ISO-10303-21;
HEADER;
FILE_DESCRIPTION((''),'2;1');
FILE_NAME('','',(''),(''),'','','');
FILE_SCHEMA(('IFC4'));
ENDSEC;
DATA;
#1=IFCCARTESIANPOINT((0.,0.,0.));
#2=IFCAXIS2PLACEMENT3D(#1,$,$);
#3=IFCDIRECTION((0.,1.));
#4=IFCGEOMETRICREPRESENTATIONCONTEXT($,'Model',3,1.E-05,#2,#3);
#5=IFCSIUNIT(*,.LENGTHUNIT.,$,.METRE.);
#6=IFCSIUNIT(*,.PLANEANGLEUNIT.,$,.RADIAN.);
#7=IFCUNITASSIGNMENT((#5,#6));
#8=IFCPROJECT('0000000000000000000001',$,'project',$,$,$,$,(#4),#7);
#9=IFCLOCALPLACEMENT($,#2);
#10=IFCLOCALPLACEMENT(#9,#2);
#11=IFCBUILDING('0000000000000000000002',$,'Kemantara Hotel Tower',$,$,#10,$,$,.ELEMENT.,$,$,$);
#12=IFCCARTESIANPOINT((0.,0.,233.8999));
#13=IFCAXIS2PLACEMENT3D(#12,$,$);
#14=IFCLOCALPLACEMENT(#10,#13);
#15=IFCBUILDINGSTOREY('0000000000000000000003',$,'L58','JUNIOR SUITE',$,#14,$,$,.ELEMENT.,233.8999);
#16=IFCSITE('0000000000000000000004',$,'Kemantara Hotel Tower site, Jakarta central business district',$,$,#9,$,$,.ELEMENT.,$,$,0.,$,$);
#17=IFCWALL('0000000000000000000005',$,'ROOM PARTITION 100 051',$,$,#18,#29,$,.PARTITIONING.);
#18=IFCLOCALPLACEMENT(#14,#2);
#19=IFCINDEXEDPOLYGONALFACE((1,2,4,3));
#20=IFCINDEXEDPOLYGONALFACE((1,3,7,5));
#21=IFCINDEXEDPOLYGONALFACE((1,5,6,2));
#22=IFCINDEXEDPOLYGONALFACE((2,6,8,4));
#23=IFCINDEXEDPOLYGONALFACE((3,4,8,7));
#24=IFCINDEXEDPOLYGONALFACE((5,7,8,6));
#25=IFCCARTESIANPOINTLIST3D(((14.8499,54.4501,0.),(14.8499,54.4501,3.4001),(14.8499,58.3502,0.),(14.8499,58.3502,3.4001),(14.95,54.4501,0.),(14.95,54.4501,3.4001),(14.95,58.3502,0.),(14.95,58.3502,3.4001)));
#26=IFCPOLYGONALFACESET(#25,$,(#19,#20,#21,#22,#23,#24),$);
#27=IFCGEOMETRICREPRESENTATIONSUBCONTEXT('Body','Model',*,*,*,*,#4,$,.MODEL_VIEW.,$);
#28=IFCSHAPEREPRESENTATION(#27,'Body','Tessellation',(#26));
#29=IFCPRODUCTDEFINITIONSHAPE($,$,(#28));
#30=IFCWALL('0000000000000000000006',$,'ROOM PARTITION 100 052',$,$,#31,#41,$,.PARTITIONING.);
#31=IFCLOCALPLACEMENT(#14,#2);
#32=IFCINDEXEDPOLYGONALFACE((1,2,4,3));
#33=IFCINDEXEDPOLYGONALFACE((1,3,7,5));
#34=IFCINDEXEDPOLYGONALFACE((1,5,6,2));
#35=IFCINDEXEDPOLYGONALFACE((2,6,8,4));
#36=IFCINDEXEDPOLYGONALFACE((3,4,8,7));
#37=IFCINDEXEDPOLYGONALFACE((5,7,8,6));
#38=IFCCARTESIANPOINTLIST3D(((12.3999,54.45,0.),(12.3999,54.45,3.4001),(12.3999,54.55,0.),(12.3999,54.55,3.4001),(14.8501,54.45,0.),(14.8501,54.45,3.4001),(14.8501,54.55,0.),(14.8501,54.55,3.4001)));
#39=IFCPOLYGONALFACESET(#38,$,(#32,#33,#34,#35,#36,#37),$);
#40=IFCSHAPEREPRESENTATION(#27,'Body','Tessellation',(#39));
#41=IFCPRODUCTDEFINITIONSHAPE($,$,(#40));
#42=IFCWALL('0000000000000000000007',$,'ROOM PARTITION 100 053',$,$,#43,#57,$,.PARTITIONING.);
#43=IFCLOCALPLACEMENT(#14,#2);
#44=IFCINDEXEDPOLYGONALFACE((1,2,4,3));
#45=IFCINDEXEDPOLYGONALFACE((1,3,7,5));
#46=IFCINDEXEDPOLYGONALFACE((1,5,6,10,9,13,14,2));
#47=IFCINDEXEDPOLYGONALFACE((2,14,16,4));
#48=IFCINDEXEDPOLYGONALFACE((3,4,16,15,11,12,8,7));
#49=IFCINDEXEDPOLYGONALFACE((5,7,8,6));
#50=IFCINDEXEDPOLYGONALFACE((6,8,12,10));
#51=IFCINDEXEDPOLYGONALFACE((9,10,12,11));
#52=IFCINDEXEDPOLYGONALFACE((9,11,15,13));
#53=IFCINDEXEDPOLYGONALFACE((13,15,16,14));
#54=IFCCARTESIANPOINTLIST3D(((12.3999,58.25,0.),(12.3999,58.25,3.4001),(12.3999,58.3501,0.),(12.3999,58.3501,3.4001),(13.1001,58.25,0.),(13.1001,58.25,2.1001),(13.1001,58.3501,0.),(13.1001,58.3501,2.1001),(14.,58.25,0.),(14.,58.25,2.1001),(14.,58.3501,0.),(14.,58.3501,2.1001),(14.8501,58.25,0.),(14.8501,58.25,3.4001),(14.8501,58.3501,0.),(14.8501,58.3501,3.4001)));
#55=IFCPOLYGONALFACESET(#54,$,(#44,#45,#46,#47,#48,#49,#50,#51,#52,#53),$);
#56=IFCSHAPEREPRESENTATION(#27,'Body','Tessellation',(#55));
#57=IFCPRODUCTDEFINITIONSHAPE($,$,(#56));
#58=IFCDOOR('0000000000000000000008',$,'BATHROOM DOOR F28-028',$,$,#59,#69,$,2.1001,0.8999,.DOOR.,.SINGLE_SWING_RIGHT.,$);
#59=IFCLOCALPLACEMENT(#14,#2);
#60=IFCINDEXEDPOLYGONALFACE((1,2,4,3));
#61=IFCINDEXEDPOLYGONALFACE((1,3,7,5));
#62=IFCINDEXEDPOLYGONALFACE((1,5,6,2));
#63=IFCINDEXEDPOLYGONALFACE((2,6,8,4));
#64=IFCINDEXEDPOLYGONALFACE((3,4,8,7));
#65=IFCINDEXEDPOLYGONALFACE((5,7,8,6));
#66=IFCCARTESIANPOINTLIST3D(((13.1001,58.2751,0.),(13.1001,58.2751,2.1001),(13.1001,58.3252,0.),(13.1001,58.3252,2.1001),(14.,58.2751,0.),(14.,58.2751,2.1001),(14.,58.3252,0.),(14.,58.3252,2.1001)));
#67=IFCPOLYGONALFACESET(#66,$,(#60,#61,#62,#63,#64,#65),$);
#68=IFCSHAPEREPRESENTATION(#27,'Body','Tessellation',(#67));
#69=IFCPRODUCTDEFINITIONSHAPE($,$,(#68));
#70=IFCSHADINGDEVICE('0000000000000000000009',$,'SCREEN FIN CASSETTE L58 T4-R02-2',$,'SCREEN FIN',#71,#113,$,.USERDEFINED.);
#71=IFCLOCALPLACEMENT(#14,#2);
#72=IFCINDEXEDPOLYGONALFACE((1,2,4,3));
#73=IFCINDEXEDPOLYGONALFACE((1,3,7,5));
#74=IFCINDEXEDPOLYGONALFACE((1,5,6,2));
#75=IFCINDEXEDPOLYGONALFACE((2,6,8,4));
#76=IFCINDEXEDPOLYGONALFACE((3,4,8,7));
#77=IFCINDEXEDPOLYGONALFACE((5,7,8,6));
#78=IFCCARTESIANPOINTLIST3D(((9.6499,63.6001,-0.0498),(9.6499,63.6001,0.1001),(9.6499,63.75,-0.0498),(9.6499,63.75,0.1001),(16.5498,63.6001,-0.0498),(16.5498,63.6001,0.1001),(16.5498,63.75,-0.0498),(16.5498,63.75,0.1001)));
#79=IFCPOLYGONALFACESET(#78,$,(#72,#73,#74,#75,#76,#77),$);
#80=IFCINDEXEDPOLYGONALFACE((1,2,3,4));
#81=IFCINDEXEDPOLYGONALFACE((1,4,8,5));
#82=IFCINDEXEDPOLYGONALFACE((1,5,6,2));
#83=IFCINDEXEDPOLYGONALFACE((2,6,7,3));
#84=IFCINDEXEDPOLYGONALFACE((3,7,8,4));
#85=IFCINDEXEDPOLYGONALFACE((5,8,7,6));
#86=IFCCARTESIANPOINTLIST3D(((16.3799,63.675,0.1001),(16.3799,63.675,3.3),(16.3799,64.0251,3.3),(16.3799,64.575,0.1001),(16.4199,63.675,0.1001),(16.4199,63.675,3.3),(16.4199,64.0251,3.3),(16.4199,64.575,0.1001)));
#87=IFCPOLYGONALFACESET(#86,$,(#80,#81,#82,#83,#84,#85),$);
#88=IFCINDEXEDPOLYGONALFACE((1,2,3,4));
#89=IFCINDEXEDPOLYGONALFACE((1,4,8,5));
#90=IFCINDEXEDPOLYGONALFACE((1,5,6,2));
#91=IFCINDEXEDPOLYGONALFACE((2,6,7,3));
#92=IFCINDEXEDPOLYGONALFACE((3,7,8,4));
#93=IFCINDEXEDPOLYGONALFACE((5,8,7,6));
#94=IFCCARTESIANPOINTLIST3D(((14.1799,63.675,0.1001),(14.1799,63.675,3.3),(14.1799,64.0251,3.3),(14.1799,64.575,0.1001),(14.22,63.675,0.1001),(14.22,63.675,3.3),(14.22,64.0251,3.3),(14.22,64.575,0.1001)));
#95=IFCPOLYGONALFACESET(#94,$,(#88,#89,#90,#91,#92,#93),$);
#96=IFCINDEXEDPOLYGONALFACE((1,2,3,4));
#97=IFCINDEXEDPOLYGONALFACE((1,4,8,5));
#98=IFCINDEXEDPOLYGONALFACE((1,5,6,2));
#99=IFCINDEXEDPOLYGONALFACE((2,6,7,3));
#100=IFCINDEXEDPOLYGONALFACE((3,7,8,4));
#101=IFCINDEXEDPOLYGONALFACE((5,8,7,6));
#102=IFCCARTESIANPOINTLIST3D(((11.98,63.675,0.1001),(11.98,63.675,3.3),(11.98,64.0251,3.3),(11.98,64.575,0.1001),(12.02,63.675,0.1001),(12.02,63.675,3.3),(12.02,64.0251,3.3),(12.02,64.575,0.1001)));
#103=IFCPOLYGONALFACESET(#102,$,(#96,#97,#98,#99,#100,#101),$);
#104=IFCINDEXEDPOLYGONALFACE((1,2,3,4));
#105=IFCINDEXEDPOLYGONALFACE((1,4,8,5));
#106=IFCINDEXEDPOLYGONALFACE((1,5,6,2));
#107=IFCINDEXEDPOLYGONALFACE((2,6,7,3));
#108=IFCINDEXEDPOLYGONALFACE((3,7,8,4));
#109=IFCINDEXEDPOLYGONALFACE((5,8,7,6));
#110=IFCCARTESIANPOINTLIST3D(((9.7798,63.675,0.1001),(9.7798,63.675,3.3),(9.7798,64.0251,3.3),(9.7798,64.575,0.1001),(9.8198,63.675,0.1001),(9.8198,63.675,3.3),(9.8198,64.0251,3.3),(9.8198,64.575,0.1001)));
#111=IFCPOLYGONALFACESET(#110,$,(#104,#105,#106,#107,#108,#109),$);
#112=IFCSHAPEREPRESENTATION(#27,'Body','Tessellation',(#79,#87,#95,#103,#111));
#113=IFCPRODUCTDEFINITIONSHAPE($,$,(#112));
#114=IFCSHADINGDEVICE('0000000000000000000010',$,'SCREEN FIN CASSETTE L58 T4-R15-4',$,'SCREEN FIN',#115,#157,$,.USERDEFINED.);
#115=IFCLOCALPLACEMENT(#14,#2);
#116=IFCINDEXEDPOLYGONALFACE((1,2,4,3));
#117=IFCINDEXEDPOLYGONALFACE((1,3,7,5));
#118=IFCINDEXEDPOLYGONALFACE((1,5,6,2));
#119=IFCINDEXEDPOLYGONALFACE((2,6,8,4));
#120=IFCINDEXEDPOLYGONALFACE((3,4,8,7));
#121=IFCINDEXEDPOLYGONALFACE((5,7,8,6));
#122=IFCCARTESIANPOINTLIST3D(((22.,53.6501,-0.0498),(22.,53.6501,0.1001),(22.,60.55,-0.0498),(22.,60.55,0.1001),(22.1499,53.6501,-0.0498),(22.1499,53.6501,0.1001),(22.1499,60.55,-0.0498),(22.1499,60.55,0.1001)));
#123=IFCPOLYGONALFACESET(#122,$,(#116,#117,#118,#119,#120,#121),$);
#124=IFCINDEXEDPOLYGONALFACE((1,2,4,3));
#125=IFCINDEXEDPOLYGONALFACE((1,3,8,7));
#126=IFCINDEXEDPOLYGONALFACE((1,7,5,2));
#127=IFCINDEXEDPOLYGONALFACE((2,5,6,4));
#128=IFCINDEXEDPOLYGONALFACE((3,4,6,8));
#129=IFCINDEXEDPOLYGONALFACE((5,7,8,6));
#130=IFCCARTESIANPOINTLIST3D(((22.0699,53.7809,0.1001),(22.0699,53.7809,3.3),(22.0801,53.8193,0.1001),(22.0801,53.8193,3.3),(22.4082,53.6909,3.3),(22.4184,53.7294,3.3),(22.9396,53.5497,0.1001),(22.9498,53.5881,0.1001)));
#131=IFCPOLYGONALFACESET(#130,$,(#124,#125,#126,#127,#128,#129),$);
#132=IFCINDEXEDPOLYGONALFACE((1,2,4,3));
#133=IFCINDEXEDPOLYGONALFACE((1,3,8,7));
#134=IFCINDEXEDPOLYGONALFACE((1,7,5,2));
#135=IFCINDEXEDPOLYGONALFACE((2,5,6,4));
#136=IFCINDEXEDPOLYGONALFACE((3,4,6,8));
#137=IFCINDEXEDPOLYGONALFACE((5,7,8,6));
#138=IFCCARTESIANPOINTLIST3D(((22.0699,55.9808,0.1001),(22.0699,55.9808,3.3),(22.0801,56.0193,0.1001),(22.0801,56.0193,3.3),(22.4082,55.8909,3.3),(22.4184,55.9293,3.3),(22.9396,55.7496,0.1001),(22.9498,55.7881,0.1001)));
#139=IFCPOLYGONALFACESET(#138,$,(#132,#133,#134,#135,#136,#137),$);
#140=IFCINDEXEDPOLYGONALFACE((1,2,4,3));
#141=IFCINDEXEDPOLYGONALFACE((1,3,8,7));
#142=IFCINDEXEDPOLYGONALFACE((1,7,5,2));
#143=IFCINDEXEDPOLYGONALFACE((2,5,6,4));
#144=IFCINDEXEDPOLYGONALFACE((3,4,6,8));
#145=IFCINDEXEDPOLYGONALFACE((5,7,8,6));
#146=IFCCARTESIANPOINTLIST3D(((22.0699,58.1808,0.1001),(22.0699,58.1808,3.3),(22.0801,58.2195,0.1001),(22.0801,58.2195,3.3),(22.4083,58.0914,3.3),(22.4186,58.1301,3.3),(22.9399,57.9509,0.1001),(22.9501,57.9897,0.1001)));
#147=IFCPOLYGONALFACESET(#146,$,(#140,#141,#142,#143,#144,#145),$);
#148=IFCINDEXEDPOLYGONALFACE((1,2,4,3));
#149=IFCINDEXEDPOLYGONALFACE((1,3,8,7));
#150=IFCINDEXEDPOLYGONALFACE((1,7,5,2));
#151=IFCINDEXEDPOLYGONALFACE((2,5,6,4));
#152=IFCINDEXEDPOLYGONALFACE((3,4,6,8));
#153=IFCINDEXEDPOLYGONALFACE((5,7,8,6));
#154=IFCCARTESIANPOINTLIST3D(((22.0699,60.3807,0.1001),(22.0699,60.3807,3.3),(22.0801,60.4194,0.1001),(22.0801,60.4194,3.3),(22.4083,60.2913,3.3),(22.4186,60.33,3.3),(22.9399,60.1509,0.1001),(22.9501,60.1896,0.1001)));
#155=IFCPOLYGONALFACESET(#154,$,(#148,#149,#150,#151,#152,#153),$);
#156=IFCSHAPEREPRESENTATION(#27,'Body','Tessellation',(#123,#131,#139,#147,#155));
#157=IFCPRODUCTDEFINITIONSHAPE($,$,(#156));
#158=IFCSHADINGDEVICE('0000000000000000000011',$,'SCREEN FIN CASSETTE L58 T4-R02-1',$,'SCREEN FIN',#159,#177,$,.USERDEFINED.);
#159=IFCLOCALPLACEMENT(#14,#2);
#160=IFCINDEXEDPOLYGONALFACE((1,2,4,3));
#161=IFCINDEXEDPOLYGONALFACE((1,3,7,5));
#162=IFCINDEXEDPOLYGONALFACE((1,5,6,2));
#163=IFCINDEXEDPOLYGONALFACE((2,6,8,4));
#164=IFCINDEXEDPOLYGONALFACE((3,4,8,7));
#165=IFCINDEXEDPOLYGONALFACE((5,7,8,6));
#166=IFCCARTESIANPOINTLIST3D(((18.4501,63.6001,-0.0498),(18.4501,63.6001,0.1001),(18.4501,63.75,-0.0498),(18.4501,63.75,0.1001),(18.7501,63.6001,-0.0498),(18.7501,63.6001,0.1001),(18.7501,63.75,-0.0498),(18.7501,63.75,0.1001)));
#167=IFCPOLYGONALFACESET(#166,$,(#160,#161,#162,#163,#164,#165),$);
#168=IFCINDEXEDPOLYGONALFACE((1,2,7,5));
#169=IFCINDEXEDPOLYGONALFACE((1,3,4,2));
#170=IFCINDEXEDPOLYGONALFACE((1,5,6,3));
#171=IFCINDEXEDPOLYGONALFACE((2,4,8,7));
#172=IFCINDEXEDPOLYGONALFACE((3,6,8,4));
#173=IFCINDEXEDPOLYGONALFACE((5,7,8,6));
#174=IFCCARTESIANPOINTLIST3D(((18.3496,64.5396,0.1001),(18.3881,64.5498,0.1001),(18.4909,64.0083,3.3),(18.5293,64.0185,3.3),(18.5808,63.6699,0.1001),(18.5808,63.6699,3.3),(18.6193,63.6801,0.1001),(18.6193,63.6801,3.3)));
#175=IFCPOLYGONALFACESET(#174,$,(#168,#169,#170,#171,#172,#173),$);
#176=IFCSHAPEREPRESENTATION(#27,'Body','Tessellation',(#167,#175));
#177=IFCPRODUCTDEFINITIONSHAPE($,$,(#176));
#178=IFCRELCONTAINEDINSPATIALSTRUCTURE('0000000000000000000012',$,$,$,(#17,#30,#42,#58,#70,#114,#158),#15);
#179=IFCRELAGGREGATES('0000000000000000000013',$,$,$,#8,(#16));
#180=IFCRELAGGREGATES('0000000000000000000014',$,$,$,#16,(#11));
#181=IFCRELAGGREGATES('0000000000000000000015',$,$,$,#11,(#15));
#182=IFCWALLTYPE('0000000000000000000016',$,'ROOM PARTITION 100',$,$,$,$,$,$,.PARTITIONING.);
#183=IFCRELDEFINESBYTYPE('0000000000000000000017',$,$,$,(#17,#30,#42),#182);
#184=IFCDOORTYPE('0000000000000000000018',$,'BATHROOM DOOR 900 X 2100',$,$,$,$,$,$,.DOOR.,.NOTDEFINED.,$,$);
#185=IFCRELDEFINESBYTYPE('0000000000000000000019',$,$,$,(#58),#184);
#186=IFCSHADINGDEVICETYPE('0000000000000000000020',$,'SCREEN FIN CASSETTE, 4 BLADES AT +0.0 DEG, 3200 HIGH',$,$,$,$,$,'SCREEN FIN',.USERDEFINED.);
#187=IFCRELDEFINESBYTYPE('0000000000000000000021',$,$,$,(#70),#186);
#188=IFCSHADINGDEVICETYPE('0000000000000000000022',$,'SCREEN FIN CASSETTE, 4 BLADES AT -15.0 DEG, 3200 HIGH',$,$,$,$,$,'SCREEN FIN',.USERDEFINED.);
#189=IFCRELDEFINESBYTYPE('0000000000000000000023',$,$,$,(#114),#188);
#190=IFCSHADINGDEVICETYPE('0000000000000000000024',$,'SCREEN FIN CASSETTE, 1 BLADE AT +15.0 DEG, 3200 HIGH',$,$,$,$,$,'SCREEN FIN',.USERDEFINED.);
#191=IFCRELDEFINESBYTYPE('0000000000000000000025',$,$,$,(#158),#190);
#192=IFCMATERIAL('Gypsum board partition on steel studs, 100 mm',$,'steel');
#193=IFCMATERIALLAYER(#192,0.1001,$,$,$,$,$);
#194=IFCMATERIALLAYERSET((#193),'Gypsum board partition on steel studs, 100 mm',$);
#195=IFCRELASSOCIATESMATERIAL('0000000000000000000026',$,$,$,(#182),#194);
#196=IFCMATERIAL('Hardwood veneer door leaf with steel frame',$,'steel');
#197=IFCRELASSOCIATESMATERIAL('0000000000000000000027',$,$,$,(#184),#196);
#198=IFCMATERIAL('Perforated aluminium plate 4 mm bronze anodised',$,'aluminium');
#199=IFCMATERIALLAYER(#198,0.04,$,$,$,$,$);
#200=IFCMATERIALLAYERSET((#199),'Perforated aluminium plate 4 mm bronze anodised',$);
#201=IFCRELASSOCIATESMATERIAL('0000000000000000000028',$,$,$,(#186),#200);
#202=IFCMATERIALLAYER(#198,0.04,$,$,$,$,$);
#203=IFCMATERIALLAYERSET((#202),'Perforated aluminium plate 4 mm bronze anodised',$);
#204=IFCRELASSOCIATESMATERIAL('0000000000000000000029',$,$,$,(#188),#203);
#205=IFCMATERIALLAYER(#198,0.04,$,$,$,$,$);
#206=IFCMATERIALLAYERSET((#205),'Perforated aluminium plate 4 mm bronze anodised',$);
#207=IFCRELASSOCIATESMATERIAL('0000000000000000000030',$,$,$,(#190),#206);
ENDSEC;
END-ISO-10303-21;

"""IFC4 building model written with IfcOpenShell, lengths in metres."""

from ifc_helpers import new_model, si_unit, direction, frame, frame_2d, origin, origin_2d, place, context, subcontext, project, spatial, polyline, rectangle, outline, extrude, source, transform, mapped, material, layer, layer_set, type_object, element, fill, save


model = new_model("IFC4")

# Units and contexts
model_context = context("Model", 3, precision=1e-05, world=origin(), true_north=direction((0.0, 1.0)))
body_context = subcontext(model_context, "Body", "Model", "MODEL_VIEW")
ifc_project = project(units=[si_unit("LENGTHUNIT", "METRE"), si_unit("PLANEANGLEUNIT", "RADIAN")], contexts=[model_context])

# Site, building, storey
site_placement = place(None, origin())
site = spatial("IfcSite", under=ifc_project, at=site_placement, Name="Kemantara Hotel Tower site, Jakarta central business district", CompositionType="ELEMENT", RefElevation=0.0)
building_placement = place(site_placement, origin())
building = spatial("IfcBuilding", under=site, at=building_placement, Name="Kemantara Hotel Tower", CompositionType="ELEMENT")
storey_placement = place(building_placement, frame((0.0, 0.0, 233.8999)))
storey = spatial("IfcBuildingStorey", under=building, at=storey_placement, Name="L58", Description="JUNIOR SUITE", CompositionType="ELEMENT", Elevation=233.8999)

# Shared definitions
ifc_material_1 = material(Name="Gypsum board partition on steel studs, 100 mm", Category="steel")
ifc_layer_1 = layer(ifc_material_1, 0.1001)
ifc_layer_set_1 = layer_set([ifc_layer_1], Name="Gypsum board partition on steel studs, 100 mm")
wall_type_1 = type_object("IfcWallType", Name="ROOM PARTITION 100", PredefinedType="PARTITIONING", material=ifc_layer_set_1)
ifc_material_2 = material(Name="Hardwood veneer door leaf with steel frame", Category="steel")
door_type = type_object("IfcDoorType", Name="BATHROOM DOOR 900 X 2100", OperationType="NOTDEFINED", PredefinedType="DOOR", material=ifc_material_2)

# Walls
wall_1_placement = place(storey_placement, frame((14.8999, 54.45, 0.0), z_axis=(0.0, 0.0, 1.0), x_axis=(0.0, 1.0, 0.0)))
element("IfcWall", 1, at=wall_1_placement, inside=storey, type_object=wall_type_1, Name="ROOM PARTITION 100 051", PredefinedType="PARTITIONING", context=body_context, shape_type="SweptSolid", body=[
    extrude(rectangle(XDim=3.9001, YDim=0.1001, at=frame_2d((1.9502, 0.0))), origin(), (0.0, 0.0, 1.0), 3.4001),
])
wall_2_placement = place(storey_placement, frame((12.3999, 54.5, 0.0), z_axis=(0.0, 0.0, 1.0), x_axis=(1.0, 0.0, 0.0)))
element("IfcWall", 2, at=wall_2_placement, inside=storey, type_object=wall_type_1, Name="ROOM PARTITION 100 052", PredefinedType="PARTITIONING", context=body_context, shape_type="SweptSolid", body=[
    extrude(rectangle(XDim=2.4502, YDim=0.1001, at=frame_2d((1.2251, 0.0))), origin(), (0.0, 0.0, 1.0), 3.4001),
])

# Wall, opening, door
wall_3_placement = place(storey_placement, frame((14.8501, 58.3, 0.0), z_axis=(0.0, 0.0, 1.0), x_axis=(-1.0, 0.0, 0.0)))
wall_3 = element("IfcWall", 3, at=wall_3_placement, inside=storey, type_object=wall_type_1, Name="ROOM PARTITION 100 053", PredefinedType="PARTITIONING", context=body_context, shape_type="SweptSolid", body=[
    extrude(rectangle(XDim=2.4502, YDim=0.1001, at=frame_2d((1.2251, 0.0))), origin(), (0.0, 0.0, 1.0), 3.4001),
])
opening_1_placement = place(wall_3_placement, frame((0.8501, 0.0, 0.0)))
opening_1 = element("IfcOpeningElement", 4, at=opening_1_placement, cuts=wall_3, PredefinedType="OPENING", context=body_context, shape_type="SweptSolid", body=[
    extrude(rectangle(XDim=0.8999, YDim=2.1001, at=frame_2d((0.45, 1.05))), frame((0.0, 0.0601, 0.0), z_axis=(0.0, -1.0, 0.0), x_axis=(1.0, 0.0, 0.0)), (0.0, 0.0, 1.0), 0.1201),
])
door_1_placement = place(opening_1_placement, origin())
door_1 = element("IfcDoor", 5, at=door_1_placement, inside=storey, type_object=door_type, Name="BATHROOM DOOR F28-028", OperationType="SINGLE_SWING_RIGHT", OverallHeight=2.1001, OverallWidth=0.8999, PredefinedType="DOOR", context=body_context, shape_type="SweptSolid", body=[
    extrude(rectangle(XDim=0.8999, YDim=2.1001, at=frame_2d((0.45, 1.05))), frame((0.0, 0.0249, 0.0), z_axis=(0.0, -1.0, 0.0), x_axis=(1.0, 0.0, 0.0)), (0.0, 0.0, 1.0), 0.05),
])
fill(opening_1, door_1)

# Shading devices
ifc_material_3 = material(Name="Perforated aluminium plate 4 mm bronze anodised", Category="aluminium")
ifc_layer_2 = layer(ifc_material_3, 0.04)
ifc_layer_set_2 = layer_set([ifc_layer_2], Name="Perforated aluminium plate 4 mm bronze anodised")
shading_device_type_1 = type_object("IfcShadingDeviceType", Name="SCREEN FIN CASSETTE, 4 BLADES AT +0.0 DEG, 3200 HIGH", ElementType="SCREEN FIN", PredefinedType="USERDEFINED", material=ifc_layer_set_2)
shared_shape_1 = source(origin(), body_context, "Body", "SweptSolid", [
    extrude(rectangle(XDim=6.8999, YDim=0.1499, at=origin_2d()), frame((3.3, -0.075, -0.1499), z_axis=(0.0, 0.0, 1.0), x_axis=(1.0, 0.0, 0.0)), (0.0, 0.0, 1.0), 0.1499),
    extrude(outline(polyline([(0.0, 0.0), (0.8999, 0.0), (0.3501, 3.2), (0.0, 3.2), (0.0, 0.0)])), frame((0.02, -0.075, 0.0), z_axis=(-1.0, 0.0, 0.0), x_axis=(0.0, -1.0, 0.0)), (0.0, 0.0, 1.0), 0.04),
    extrude(outline(polyline([(0.0, 0.0), (0.8999, 0.0), (0.3501, 3.2), (0.0, 3.2), (0.0, 0.0)])), frame((2.22, -0.075, 0.0), z_axis=(-1.0, 0.0, 0.0), x_axis=(0.0, -1.0, 0.0)), (0.0, 0.0, 1.0), 0.04),
    extrude(outline(polyline([(0.0, 0.0), (0.8999, 0.0), (0.3501, 3.2), (0.0, 3.2), (0.0, 0.0)])), frame((4.4199, -0.075, 0.0), z_axis=(-1.0, 0.0, 0.0), x_axis=(0.0, -1.0, 0.0)), (0.0, 0.0, 1.0), 0.04),
    extrude(outline(polyline([(0.0, 0.0), (0.8999, 0.0), (0.3501, 3.2), (0.0, 3.2), (0.0, 0.0)])), frame((6.6201, -0.075, 0.0), z_axis=(-1.0, 0.0, 0.0), x_axis=(0.0, -1.0, 0.0)), (0.0, 0.0, 1.0), 0.04),
])
shading_device_1_placement = place(storey_placement, frame((16.3999, 63.6001, 0.1001), z_axis=(0.0, 0.0, 1.0), x_axis=(-1.0, 0.0, 0.0)))
element("IfcShadingDevice", 6, at=shading_device_1_placement, inside=storey, type_object=shading_device_type_1, Name="SCREEN FIN CASSETTE L58 T4-R02-2", ObjectType="SCREEN FIN", PredefinedType="USERDEFINED", context=body_context, shape_type="MappedRepresentation", body=[
    mapped(shared_shape_1, transform((0.0, 0.0, 0.0))),
])
ifc_layer_3 = layer(ifc_material_3, 0.04)
ifc_layer_set_3 = layer_set([ifc_layer_3], Name="Perforated aluminium plate 4 mm bronze anodised")
shading_device_type_2 = type_object("IfcShadingDeviceType", Name="SCREEN FIN CASSETTE, 4 BLADES AT -15.0 DEG, 3200 HIGH", ElementType="SCREEN FIN", PredefinedType="USERDEFINED", material=ifc_layer_set_3)
shared_shape_2 = source(origin(), body_context, "Body", "SweptSolid", [
    extrude(rectangle(XDim=6.8999, YDim=0.1499, at=origin_2d()), frame((3.3, -0.075, -0.1499), z_axis=(0.0, 0.0, 1.0), x_axis=(1.0, 0.0, 0.0)), (0.0, 0.0, 1.0), 0.1499),
    extrude(outline(polyline([(0.0, 0.0), (0.8999, 0.0), (0.3501, 3.2), (0.0, 3.2), (0.0, 0.0)])), frame((0.0193, -0.0801, 0.0), z_axis=(-0.966438, 0.256901, 0.0), x_axis=(-0.256901, -0.966438, 0.0)), (0.0, 0.0, 1.0), 0.0398),
    extrude(outline(polyline([(0.0, 0.0), (0.8999, 0.0), (0.3501, 3.2), (0.0, 3.2), (0.0, 0.0)])), frame((2.2192, -0.0801, 0.0), z_axis=(-0.966438, 0.256901, 0.0), x_axis=(-0.256901, -0.966438, 0.0)), (0.0, 0.0, 1.0), 0.0398),
    extrude(outline(polyline([(0.0, 0.0), (0.8999, 0.0), (0.3501, 3.2), (0.0, 3.2), (0.0, 0.0)])), frame((4.4194, -0.0801, 0.0), z_axis=(-0.966838, 0.255391, 0.0), x_axis=(-0.255391, -0.966838, 0.0)), (0.0, 0.0, 1.0), 0.04),
    extrude(outline(polyline([(0.0, 0.0), (0.8999, 0.0), (0.3501, 3.2), (0.0, 3.2), (0.0, 0.0)])), frame((6.6194, -0.0801, 0.0), z_axis=(-0.966838, 0.255391, 0.0), x_axis=(-0.255391, -0.966838, 0.0)), (0.0, 0.0, 1.0), 0.04),
])
shading_device_2_placement = place(storey_placement, frame((22.0, 53.8, 0.1001), z_axis=(0.0, 0.0, 1.0), x_axis=(0.0, 1.0, 0.0)))
element("IfcShadingDevice", 7, at=shading_device_2_placement, inside=storey, type_object=shading_device_type_2, Name="SCREEN FIN CASSETTE L58 T4-R15-4", ObjectType="SCREEN FIN", PredefinedType="USERDEFINED", context=body_context, shape_type="MappedRepresentation", body=[
    mapped(shared_shape_2, transform((0.0, 0.0, 0.0))),
])
ifc_layer_4 = layer(ifc_material_3, 0.04)
ifc_layer_set_4 = layer_set([ifc_layer_4], Name="Perforated aluminium plate 4 mm bronze anodised")
shading_device_type_3 = type_object("IfcShadingDeviceType", Name="SCREEN FIN CASSETTE, 1 BLADE AT +15.0 DEG, 3200 HIGH", ElementType="SCREEN FIN", PredefinedType="USERDEFINED", material=ifc_layer_set_4)
shared_shape_3 = source(origin(), body_context, "Body", "SweptSolid", [
    extrude(rectangle(XDim=0.3, YDim=0.1499, at=origin_2d()), frame((0.0, -0.075, -0.1499), z_axis=(0.0, 0.0, 1.0), x_axis=(1.0, 0.0, 0.0)), (0.0, 0.0, 1.0), 0.1499),
    extrude(outline(polyline([(0.0, 0.0), (0.8999, 0.0), (0.3501, 3.2), (0.0, 3.2), (0.0, 0.0)])), frame((0.0193, -0.0698, 0.0), z_axis=(-0.966438, -0.256901, 0.0), x_axis=(0.256901, -0.966438, 0.0)), (0.0, 0.0, 1.0), 0.0398),
])
shading_device_3_placement = place(storey_placement, frame((18.6001, 63.6001, 0.1001), z_axis=(0.0, 0.0, 1.0), x_axis=(-1.0, 0.0, 0.0)))
element("IfcShadingDevice", 8, at=shading_device_3_placement, inside=storey, type_object=shading_device_type_3, Name="SCREEN FIN CASSETTE L58 T4-R02-1", ObjectType="SCREEN FIN", PredefinedType="USERDEFINED", context=body_context, shape_type="MappedRepresentation", body=[
    mapped(shared_shape_3, transform((0.0, 0.0, 0.0))),
])

save(model, "model.ifc")
